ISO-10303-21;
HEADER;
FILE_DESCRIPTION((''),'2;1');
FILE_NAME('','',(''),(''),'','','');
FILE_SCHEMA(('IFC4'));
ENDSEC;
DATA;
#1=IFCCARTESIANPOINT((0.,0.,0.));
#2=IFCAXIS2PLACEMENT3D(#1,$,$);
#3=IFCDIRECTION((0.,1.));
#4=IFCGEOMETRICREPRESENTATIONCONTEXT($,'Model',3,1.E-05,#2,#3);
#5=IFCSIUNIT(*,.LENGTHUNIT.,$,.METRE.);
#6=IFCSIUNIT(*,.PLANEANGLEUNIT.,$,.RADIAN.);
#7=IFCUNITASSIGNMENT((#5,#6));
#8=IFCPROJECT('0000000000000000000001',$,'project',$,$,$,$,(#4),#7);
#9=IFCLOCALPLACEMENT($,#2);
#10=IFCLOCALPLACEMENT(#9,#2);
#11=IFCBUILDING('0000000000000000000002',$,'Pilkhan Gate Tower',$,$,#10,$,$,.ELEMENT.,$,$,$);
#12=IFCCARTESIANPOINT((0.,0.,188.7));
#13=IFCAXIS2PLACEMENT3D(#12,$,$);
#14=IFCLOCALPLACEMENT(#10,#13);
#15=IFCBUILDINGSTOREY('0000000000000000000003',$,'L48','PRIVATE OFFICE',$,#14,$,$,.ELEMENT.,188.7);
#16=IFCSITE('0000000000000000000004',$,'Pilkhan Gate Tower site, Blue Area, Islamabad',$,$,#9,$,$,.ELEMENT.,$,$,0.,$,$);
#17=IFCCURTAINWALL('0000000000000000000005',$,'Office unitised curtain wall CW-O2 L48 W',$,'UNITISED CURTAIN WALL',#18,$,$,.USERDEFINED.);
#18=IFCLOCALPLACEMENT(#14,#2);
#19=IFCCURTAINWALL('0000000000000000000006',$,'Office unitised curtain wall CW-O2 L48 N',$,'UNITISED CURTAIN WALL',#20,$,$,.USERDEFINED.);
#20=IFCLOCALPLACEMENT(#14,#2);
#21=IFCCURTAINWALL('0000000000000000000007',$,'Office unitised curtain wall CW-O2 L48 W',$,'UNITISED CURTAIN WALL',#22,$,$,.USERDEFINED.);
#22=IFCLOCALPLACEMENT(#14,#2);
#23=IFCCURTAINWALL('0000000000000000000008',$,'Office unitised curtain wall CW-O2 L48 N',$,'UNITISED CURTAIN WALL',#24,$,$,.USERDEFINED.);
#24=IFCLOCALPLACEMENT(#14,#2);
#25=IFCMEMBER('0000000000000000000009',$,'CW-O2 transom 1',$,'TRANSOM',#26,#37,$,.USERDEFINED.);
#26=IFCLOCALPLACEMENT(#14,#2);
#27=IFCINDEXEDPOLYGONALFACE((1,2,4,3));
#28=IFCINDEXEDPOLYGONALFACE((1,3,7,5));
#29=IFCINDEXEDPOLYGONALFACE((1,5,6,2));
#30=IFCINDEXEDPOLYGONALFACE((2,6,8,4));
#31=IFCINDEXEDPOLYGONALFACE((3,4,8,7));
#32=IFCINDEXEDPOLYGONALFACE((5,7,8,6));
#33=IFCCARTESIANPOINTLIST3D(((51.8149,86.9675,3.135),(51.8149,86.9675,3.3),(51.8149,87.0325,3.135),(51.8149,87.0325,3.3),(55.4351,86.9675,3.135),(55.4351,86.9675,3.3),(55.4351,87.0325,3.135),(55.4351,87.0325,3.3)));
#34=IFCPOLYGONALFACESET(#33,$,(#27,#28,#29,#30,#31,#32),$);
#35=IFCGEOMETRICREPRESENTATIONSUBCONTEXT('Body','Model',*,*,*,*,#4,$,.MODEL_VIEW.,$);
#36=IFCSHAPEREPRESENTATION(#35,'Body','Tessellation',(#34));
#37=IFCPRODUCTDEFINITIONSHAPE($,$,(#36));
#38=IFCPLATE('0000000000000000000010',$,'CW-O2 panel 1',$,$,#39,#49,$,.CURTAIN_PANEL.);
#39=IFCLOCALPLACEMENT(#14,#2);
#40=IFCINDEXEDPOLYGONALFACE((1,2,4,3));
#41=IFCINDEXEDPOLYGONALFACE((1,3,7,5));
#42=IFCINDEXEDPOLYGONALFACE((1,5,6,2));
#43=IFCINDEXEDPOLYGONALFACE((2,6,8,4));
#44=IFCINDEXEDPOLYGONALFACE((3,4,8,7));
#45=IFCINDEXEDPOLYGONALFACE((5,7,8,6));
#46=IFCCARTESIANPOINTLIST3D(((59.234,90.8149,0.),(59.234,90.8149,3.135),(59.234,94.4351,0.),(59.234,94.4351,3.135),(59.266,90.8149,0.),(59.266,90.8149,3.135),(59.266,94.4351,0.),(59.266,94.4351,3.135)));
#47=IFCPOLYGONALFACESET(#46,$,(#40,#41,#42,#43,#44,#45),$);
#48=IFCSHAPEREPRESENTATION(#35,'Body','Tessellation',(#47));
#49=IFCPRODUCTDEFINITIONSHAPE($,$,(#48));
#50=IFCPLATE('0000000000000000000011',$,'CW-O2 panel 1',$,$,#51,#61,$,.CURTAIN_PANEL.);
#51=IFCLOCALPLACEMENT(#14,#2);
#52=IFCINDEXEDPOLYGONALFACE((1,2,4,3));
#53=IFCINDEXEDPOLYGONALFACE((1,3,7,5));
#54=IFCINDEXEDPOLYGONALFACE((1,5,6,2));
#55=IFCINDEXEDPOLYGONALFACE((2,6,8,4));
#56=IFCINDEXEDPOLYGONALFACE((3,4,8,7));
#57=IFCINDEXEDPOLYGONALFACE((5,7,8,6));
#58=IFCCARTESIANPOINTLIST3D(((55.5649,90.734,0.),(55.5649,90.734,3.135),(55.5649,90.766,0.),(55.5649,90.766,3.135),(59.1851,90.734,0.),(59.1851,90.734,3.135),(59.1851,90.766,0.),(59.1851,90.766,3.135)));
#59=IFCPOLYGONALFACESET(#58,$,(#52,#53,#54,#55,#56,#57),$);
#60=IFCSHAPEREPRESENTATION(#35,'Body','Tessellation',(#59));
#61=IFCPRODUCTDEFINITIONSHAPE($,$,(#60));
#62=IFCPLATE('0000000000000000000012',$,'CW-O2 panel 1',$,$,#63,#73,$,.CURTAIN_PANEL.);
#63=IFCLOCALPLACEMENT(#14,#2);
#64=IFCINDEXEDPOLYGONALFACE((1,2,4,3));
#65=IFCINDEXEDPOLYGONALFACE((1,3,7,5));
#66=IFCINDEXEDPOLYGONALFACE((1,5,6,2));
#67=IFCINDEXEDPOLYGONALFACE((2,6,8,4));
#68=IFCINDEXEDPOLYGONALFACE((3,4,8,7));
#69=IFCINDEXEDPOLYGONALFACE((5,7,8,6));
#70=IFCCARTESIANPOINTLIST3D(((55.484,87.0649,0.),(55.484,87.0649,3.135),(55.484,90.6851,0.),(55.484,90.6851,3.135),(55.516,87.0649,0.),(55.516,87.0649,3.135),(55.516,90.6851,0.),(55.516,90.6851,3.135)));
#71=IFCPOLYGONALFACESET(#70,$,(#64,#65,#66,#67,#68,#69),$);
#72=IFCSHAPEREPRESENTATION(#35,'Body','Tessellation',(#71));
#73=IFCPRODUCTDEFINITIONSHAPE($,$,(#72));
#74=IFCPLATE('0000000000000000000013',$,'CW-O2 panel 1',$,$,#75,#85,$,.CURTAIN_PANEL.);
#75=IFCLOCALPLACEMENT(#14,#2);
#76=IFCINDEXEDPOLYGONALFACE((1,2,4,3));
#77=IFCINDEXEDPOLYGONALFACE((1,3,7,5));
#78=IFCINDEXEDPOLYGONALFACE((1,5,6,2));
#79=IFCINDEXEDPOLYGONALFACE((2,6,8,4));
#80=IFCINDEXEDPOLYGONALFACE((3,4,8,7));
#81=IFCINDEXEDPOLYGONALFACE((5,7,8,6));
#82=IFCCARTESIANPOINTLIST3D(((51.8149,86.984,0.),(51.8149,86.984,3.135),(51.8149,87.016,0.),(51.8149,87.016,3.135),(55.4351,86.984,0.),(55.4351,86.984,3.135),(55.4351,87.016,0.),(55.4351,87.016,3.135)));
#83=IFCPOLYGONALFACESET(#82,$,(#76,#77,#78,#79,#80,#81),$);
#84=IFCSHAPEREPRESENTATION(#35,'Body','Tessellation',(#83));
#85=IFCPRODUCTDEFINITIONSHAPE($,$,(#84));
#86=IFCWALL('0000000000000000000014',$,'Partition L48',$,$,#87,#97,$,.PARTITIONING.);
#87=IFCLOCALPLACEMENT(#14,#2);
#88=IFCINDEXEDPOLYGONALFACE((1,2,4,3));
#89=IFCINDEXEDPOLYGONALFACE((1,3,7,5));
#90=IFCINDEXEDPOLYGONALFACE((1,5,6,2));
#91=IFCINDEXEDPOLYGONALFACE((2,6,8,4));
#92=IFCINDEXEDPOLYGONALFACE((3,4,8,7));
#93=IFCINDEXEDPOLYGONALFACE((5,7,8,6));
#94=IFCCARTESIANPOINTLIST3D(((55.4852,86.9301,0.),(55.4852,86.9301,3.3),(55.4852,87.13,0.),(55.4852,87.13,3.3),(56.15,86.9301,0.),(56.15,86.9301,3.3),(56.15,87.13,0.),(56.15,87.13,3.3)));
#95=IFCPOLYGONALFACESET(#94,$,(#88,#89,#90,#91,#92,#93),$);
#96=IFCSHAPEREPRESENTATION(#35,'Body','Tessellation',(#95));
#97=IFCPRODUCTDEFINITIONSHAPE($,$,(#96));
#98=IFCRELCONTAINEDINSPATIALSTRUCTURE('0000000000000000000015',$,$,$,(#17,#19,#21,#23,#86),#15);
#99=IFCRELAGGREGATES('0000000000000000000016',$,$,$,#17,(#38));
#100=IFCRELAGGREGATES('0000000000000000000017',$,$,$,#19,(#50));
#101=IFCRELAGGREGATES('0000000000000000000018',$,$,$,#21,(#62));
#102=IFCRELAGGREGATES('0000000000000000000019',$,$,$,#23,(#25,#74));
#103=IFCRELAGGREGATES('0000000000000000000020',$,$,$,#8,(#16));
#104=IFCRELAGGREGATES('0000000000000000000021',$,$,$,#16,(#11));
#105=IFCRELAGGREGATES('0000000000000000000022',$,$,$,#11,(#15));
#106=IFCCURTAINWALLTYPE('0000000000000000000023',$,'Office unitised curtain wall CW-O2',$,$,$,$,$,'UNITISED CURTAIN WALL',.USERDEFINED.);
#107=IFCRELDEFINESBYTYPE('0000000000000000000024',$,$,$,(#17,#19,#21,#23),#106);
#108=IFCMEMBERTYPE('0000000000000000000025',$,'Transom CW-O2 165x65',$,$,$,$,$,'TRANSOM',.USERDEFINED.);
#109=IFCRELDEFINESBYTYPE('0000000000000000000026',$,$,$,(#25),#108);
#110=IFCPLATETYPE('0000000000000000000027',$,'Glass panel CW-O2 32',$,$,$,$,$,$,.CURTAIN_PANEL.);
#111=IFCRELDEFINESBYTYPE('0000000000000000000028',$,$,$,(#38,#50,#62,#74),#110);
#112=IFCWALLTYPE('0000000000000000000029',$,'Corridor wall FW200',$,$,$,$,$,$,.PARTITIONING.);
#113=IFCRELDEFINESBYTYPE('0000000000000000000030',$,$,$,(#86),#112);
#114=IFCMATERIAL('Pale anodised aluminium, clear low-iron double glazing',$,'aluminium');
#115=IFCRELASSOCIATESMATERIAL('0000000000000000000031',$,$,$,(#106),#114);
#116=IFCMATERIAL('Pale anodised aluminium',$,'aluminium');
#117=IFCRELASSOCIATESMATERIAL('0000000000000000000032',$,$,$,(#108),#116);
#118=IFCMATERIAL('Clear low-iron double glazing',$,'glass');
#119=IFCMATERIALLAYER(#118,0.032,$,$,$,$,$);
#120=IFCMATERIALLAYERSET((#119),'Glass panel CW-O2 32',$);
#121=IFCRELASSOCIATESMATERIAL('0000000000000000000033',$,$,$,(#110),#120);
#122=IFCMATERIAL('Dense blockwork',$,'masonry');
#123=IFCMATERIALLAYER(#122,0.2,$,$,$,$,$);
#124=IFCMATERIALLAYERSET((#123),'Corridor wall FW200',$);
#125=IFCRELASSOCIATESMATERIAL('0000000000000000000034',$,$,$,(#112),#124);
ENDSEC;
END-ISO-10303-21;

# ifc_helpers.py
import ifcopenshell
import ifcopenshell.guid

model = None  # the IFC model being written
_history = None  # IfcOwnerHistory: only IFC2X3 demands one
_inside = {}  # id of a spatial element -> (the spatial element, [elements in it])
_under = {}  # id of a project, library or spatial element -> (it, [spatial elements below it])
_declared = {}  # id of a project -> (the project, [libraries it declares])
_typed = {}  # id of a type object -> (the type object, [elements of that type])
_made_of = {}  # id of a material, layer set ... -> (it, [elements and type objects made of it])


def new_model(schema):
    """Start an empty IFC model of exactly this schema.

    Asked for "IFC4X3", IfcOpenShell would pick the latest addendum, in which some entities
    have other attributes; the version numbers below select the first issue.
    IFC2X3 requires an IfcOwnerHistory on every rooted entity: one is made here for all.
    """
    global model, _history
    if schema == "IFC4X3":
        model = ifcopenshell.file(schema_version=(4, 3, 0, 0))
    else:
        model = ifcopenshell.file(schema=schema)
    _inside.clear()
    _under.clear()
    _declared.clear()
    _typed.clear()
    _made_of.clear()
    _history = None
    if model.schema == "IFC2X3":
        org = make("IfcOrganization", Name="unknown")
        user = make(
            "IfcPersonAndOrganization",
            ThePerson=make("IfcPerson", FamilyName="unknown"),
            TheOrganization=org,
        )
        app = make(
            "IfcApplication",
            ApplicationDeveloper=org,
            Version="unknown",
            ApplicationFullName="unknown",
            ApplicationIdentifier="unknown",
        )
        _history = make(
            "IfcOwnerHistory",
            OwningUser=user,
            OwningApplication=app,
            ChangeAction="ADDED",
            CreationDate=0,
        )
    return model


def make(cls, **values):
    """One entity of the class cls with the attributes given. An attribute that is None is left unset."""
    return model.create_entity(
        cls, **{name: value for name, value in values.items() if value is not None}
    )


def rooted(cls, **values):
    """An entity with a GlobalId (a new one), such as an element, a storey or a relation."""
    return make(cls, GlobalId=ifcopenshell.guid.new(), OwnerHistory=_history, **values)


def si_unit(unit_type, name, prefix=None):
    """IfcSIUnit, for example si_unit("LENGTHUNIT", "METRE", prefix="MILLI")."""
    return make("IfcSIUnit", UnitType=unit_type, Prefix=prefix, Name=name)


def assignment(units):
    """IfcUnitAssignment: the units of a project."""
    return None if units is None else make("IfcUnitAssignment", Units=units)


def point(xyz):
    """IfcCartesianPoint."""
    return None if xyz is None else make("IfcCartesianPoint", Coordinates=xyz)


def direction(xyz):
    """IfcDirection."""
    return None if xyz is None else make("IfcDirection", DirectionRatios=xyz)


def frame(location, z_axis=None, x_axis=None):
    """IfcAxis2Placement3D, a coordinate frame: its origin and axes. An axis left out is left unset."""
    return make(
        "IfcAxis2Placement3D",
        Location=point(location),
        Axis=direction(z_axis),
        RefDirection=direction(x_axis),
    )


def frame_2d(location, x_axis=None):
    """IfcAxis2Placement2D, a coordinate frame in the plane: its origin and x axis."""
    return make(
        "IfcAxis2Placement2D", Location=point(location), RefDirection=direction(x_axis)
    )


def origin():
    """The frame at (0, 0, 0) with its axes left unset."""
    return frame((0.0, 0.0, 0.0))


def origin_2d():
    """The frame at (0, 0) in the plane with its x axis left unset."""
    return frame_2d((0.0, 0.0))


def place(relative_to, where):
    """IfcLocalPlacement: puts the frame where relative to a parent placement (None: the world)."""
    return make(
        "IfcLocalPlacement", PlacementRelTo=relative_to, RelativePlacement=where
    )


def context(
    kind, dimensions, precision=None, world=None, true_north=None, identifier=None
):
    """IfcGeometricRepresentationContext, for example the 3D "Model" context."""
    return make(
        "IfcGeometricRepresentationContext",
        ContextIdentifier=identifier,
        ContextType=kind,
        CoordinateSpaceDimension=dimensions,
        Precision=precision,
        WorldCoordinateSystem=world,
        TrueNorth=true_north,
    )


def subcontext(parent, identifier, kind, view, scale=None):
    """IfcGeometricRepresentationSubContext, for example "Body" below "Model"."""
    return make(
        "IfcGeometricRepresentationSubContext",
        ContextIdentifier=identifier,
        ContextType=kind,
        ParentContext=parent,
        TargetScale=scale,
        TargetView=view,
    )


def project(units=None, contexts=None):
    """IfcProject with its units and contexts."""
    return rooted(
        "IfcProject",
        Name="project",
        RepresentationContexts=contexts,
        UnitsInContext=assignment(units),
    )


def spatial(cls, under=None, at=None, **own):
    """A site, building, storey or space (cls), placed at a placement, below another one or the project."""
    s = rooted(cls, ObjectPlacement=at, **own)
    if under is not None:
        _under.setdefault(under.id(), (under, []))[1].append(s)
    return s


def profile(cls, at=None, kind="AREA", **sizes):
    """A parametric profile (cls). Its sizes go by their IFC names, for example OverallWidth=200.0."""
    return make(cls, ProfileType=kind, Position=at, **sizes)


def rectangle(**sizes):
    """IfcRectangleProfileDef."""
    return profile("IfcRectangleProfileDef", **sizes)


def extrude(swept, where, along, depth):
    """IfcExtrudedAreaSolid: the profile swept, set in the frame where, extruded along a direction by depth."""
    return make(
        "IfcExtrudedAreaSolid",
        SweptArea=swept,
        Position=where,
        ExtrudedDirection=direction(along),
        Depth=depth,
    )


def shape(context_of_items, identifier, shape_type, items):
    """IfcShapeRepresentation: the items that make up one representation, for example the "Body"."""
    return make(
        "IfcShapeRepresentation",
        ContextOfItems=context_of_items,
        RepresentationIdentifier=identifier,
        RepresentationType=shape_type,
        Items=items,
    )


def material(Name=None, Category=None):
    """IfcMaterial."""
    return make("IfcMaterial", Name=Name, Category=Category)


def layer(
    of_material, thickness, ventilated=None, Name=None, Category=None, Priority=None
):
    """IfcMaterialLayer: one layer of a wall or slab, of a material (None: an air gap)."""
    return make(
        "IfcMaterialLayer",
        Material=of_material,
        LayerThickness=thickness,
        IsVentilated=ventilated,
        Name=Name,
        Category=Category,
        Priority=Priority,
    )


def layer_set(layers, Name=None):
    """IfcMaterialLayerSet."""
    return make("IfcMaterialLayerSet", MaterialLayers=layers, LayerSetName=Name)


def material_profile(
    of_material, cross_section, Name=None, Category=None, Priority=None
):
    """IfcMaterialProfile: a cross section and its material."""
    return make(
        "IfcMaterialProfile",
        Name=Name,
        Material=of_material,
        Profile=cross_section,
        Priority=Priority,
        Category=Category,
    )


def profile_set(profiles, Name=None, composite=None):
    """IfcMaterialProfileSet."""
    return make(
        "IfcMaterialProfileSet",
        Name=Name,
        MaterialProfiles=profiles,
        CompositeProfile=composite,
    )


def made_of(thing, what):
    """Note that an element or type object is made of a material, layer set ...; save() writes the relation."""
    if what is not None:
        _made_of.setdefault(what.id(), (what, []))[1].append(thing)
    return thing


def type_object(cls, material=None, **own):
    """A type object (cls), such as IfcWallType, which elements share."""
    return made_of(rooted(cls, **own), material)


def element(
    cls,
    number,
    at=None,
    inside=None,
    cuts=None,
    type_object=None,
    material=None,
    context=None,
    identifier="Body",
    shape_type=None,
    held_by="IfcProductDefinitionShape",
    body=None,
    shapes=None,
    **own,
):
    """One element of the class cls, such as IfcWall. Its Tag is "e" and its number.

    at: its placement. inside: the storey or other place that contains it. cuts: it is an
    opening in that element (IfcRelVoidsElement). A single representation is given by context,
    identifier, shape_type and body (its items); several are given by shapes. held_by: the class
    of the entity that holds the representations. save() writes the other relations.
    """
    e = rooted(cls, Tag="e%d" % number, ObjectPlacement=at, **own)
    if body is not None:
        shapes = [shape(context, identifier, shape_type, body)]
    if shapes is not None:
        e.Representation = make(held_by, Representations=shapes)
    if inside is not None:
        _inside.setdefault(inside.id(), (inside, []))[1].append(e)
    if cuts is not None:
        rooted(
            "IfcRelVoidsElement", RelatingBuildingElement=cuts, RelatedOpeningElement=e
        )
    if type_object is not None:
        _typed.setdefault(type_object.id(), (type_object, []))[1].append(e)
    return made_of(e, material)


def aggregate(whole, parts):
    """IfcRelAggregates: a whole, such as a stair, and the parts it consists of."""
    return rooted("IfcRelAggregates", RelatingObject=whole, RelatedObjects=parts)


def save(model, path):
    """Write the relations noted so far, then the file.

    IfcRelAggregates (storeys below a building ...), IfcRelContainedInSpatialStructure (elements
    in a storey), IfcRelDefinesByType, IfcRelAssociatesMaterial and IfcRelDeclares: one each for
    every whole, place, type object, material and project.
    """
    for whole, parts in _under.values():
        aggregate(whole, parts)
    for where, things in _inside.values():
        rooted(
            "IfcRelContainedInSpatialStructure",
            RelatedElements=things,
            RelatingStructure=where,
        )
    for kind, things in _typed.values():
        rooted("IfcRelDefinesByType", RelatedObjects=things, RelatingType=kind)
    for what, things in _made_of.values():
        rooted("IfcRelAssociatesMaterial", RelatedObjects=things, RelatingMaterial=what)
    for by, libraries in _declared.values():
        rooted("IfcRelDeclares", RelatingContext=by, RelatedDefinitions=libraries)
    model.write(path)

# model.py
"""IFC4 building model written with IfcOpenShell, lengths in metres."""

from ifc_helpers import new_model, si_unit, direction, frame, frame_2d, origin, origin_2d, place, context, subcontext, project, spatial, rectangle, extrude, material, layer, layer_set, material_profile, profile_set, type_object, element, aggregate, save


model = new_model("IFC4")

# Units and contexts
model_context = context("Model", 3, precision=1e-05, world=origin(), true_north=direction((0.0, 1.0)))
body_context = subcontext(model_context, "Body", "Model", "MODEL_VIEW")
ifc_project = project(units=[si_unit("LENGTHUNIT", "METRE"), si_unit("PLANEANGLEUNIT", "RADIAN")], contexts=[model_context])

# Site, building, storey
site_placement = place(None, origin())
site = spatial("IfcSite", under=ifc_project, at=site_placement, Name="Pilkhan Gate Tower site, Blue Area, Islamabad", CompositionType="ELEMENT", RefElevation=0.0)
building_placement = place(site_placement, origin())
building = spatial("IfcBuilding", under=site, at=building_placement, Name="Pilkhan Gate Tower", CompositionType="ELEMENT")
storey_placement = place(building_placement, frame((0.0, 0.0, 188.7)))
storey = spatial("IfcBuildingStorey", under=building, at=storey_placement, Name="L48", Description="PRIVATE OFFICE", CompositionType="ELEMENT", Elevation=188.7)

# Curtain walls
ifc_material_1 = material(Name="Pale anodised aluminium, clear low-iron double glazing", Category="aluminium")
curtain_wall_type = type_object("IfcCurtainWallType", Name="Office unitised curtain wall CW-O2", ElementType="UNITISED CURTAIN WALL", PredefinedType="USERDEFINED", material=ifc_material_1)
curtain_wall_1_placement = place(storey_placement, origin())
curtain_wall_1 = element("IfcCurtainWall", 1, at=curtain_wall_1_placement, inside=storey, type_object=curtain_wall_type, Name="Office unitised curtain wall CW-O2 L48 W", ObjectType="UNITISED CURTAIN WALL", PredefinedType="USERDEFINED")
ifc_material_2 = material(Name="Pale anodised aluminium", Category="aluminium")
curtain_wall_2_placement = place(storey_placement, origin())
curtain_wall_2 = element("IfcCurtainWall", 2, at=curtain_wall_2_placement, inside=storey, type_object=curtain_wall_type, Name="Office unitised curtain wall CW-O2 L48 N", ObjectType="UNITISED CURTAIN WALL", PredefinedType="USERDEFINED")
curtain_wall_3_placement = place(storey_placement, origin())
curtain_wall_3 = element("IfcCurtainWall", 3, at=curtain_wall_3_placement, inside=storey, type_object=curtain_wall_type, Name="Office unitised curtain wall CW-O2 L48 W", ObjectType="UNITISED CURTAIN WALL", PredefinedType="USERDEFINED")
curtain_wall_4_placement = place(storey_placement, origin())
curtain_wall_4 = element("IfcCurtainWall", 4, at=curtain_wall_4_placement, inside=storey, type_object=curtain_wall_type, Name="Office unitised curtain wall CW-O2 L48 N", ObjectType="UNITISED CURTAIN WALL", PredefinedType="USERDEFINED")

# Member
ifc_material_profile_1 = material_profile(ifc_material_2, rectangle(XDim=0.0649, YDim=0.165, at=origin_2d()), Name="Transom 165x65")
ifc_profile_set_1 = profile_set([ifc_material_profile_1], Name="Pale anodised aluminium")
member_type_1 = type_object("IfcMemberType", Name="Transom CW-O2 165x65", ElementType="TRANSOM", PredefinedType="USERDEFINED", material=ifc_profile_set_1)
member_1_placement = place(storey_placement, frame((51.8149, 87.0, 3.2175), z_axis=(1.0, 0.0, 0.0), x_axis=(0.0, 1.0, 0.0)))
member_1 = element("IfcMember", 5, at=member_1_placement, type_object=member_type_1, Name="CW-O2 transom 1", ObjectType="TRANSOM", PredefinedType="USERDEFINED", context=body_context, shape_type="SweptSolid", body=[
    extrude(rectangle(XDim=0.0649, YDim=0.165, at=origin_2d()), origin(), (0.0, 0.0, 1.0), 3.6201),
])

# Plates
ifc_material_3 = material(Name="Clear low-iron double glazing", Category="glass")
ifc_layer_1 = layer(ifc_material_3, 0.032)
ifc_layer_set_1 = layer_set([ifc_layer_1], Name="Glass panel CW-O2 32")
plate_type = type_object("IfcPlateType", Name="Glass panel CW-O2 32", PredefinedType="CURTAIN_PANEL", material=ifc_layer_set_1)
plate_1_placement = place(storey_placement, frame((59.25, 92.625, 0.0), z_axis=(0.0, 0.0, 1.0), x_axis=(0.0, 1.0, 0.0)))
plate_1 = element("IfcPlate", 6, at=plate_1_placement, type_object=plate_type, Name="CW-O2 panel 1", PredefinedType="CURTAIN_PANEL", context=body_context, shape_type="SweptSolid", body=[
    extrude(rectangle(XDim=3.6201, YDim=0.032, at=origin_2d()), origin(), (0.0, 0.0, 1.0), 3.135),
])
aggregate(curtain_wall_1, [plate_1])
plate_2_placement = place(storey_placement, frame((57.375, 90.75, 0.0), z_axis=(0.0, 0.0, 1.0), x_axis=(1.0, 0.0, 0.0)))
plate_2 = element("IfcPlate", 7, at=plate_2_placement, type_object=plate_type, Name="CW-O2 panel 1", PredefinedType="CURTAIN_PANEL", context=body_context, shape_type="SweptSolid", body=[
    extrude(rectangle(XDim=3.6201, YDim=0.032, at=origin_2d()), origin(), (0.0, 0.0, 1.0), 3.135),
])
aggregate(curtain_wall_2, [plate_2])
plate_3_placement = place(storey_placement, frame((55.5, 88.875, 0.0), z_axis=(0.0, 0.0, 1.0), x_axis=(0.0, 1.0, 0.0)))
plate_3 = element("IfcPlate", 8, at=plate_3_placement, type_object=plate_type, Name="CW-O2 panel 1", PredefinedType="CURTAIN_PANEL", context=body_context, shape_type="SweptSolid", body=[
    extrude(rectangle(XDim=3.6201, YDim=0.032, at=origin_2d()), origin(), (0.0, 0.0, 1.0), 3.135),
])
aggregate(curtain_wall_3, [plate_3])
plate_4_placement = place(storey_placement, frame((53.625, 87.0, 0.0), z_axis=(0.0, 0.0, 1.0), x_axis=(1.0, 0.0, 0.0)))
plate_4 = element("IfcPlate", 9, at=plate_4_placement, type_object=plate_type, Name="CW-O2 panel 1", PredefinedType="CURTAIN_PANEL", context=body_context, shape_type="SweptSolid", body=[
    extrude(rectangle(XDim=3.6201, YDim=0.032, at=origin_2d()), origin(), (0.0, 0.0, 1.0), 3.135),
])
aggregate(curtain_wall_4, [member_1, plate_4])

# Wall
ifc_material_4 = material(Name="Dense blockwork", Category="masonry")
ifc_layer_2 = layer(ifc_material_4, 0.2)
ifc_layer_set_2 = layer_set([ifc_layer_2], Name="Corridor wall FW200")
wall_type = type_object("IfcWallType", Name="Corridor wall FW200", PredefinedType="PARTITIONING", material=ifc_layer_set_2)
wall_placement = place(storey_placement, frame((55.4851, 87.03, 0.0), z_axis=(0.0, 0.0, 1.0), x_axis=(1.0, 0.0, 0.0)))
element("IfcWall", 10, at=wall_placement, inside=storey, type_object=wall_type, Name="Partition L48", PredefinedType="PARTITIONING", context=body_context, shape_type="SweptSolid", body=[
    extrude(rectangle(XDim=0.6648, YDim=0.2, at=frame_2d((0.3325, 0.0))), origin(), (0.0, 0.0, 1.0), 3.3),
])

save(model, "model.ifc")
